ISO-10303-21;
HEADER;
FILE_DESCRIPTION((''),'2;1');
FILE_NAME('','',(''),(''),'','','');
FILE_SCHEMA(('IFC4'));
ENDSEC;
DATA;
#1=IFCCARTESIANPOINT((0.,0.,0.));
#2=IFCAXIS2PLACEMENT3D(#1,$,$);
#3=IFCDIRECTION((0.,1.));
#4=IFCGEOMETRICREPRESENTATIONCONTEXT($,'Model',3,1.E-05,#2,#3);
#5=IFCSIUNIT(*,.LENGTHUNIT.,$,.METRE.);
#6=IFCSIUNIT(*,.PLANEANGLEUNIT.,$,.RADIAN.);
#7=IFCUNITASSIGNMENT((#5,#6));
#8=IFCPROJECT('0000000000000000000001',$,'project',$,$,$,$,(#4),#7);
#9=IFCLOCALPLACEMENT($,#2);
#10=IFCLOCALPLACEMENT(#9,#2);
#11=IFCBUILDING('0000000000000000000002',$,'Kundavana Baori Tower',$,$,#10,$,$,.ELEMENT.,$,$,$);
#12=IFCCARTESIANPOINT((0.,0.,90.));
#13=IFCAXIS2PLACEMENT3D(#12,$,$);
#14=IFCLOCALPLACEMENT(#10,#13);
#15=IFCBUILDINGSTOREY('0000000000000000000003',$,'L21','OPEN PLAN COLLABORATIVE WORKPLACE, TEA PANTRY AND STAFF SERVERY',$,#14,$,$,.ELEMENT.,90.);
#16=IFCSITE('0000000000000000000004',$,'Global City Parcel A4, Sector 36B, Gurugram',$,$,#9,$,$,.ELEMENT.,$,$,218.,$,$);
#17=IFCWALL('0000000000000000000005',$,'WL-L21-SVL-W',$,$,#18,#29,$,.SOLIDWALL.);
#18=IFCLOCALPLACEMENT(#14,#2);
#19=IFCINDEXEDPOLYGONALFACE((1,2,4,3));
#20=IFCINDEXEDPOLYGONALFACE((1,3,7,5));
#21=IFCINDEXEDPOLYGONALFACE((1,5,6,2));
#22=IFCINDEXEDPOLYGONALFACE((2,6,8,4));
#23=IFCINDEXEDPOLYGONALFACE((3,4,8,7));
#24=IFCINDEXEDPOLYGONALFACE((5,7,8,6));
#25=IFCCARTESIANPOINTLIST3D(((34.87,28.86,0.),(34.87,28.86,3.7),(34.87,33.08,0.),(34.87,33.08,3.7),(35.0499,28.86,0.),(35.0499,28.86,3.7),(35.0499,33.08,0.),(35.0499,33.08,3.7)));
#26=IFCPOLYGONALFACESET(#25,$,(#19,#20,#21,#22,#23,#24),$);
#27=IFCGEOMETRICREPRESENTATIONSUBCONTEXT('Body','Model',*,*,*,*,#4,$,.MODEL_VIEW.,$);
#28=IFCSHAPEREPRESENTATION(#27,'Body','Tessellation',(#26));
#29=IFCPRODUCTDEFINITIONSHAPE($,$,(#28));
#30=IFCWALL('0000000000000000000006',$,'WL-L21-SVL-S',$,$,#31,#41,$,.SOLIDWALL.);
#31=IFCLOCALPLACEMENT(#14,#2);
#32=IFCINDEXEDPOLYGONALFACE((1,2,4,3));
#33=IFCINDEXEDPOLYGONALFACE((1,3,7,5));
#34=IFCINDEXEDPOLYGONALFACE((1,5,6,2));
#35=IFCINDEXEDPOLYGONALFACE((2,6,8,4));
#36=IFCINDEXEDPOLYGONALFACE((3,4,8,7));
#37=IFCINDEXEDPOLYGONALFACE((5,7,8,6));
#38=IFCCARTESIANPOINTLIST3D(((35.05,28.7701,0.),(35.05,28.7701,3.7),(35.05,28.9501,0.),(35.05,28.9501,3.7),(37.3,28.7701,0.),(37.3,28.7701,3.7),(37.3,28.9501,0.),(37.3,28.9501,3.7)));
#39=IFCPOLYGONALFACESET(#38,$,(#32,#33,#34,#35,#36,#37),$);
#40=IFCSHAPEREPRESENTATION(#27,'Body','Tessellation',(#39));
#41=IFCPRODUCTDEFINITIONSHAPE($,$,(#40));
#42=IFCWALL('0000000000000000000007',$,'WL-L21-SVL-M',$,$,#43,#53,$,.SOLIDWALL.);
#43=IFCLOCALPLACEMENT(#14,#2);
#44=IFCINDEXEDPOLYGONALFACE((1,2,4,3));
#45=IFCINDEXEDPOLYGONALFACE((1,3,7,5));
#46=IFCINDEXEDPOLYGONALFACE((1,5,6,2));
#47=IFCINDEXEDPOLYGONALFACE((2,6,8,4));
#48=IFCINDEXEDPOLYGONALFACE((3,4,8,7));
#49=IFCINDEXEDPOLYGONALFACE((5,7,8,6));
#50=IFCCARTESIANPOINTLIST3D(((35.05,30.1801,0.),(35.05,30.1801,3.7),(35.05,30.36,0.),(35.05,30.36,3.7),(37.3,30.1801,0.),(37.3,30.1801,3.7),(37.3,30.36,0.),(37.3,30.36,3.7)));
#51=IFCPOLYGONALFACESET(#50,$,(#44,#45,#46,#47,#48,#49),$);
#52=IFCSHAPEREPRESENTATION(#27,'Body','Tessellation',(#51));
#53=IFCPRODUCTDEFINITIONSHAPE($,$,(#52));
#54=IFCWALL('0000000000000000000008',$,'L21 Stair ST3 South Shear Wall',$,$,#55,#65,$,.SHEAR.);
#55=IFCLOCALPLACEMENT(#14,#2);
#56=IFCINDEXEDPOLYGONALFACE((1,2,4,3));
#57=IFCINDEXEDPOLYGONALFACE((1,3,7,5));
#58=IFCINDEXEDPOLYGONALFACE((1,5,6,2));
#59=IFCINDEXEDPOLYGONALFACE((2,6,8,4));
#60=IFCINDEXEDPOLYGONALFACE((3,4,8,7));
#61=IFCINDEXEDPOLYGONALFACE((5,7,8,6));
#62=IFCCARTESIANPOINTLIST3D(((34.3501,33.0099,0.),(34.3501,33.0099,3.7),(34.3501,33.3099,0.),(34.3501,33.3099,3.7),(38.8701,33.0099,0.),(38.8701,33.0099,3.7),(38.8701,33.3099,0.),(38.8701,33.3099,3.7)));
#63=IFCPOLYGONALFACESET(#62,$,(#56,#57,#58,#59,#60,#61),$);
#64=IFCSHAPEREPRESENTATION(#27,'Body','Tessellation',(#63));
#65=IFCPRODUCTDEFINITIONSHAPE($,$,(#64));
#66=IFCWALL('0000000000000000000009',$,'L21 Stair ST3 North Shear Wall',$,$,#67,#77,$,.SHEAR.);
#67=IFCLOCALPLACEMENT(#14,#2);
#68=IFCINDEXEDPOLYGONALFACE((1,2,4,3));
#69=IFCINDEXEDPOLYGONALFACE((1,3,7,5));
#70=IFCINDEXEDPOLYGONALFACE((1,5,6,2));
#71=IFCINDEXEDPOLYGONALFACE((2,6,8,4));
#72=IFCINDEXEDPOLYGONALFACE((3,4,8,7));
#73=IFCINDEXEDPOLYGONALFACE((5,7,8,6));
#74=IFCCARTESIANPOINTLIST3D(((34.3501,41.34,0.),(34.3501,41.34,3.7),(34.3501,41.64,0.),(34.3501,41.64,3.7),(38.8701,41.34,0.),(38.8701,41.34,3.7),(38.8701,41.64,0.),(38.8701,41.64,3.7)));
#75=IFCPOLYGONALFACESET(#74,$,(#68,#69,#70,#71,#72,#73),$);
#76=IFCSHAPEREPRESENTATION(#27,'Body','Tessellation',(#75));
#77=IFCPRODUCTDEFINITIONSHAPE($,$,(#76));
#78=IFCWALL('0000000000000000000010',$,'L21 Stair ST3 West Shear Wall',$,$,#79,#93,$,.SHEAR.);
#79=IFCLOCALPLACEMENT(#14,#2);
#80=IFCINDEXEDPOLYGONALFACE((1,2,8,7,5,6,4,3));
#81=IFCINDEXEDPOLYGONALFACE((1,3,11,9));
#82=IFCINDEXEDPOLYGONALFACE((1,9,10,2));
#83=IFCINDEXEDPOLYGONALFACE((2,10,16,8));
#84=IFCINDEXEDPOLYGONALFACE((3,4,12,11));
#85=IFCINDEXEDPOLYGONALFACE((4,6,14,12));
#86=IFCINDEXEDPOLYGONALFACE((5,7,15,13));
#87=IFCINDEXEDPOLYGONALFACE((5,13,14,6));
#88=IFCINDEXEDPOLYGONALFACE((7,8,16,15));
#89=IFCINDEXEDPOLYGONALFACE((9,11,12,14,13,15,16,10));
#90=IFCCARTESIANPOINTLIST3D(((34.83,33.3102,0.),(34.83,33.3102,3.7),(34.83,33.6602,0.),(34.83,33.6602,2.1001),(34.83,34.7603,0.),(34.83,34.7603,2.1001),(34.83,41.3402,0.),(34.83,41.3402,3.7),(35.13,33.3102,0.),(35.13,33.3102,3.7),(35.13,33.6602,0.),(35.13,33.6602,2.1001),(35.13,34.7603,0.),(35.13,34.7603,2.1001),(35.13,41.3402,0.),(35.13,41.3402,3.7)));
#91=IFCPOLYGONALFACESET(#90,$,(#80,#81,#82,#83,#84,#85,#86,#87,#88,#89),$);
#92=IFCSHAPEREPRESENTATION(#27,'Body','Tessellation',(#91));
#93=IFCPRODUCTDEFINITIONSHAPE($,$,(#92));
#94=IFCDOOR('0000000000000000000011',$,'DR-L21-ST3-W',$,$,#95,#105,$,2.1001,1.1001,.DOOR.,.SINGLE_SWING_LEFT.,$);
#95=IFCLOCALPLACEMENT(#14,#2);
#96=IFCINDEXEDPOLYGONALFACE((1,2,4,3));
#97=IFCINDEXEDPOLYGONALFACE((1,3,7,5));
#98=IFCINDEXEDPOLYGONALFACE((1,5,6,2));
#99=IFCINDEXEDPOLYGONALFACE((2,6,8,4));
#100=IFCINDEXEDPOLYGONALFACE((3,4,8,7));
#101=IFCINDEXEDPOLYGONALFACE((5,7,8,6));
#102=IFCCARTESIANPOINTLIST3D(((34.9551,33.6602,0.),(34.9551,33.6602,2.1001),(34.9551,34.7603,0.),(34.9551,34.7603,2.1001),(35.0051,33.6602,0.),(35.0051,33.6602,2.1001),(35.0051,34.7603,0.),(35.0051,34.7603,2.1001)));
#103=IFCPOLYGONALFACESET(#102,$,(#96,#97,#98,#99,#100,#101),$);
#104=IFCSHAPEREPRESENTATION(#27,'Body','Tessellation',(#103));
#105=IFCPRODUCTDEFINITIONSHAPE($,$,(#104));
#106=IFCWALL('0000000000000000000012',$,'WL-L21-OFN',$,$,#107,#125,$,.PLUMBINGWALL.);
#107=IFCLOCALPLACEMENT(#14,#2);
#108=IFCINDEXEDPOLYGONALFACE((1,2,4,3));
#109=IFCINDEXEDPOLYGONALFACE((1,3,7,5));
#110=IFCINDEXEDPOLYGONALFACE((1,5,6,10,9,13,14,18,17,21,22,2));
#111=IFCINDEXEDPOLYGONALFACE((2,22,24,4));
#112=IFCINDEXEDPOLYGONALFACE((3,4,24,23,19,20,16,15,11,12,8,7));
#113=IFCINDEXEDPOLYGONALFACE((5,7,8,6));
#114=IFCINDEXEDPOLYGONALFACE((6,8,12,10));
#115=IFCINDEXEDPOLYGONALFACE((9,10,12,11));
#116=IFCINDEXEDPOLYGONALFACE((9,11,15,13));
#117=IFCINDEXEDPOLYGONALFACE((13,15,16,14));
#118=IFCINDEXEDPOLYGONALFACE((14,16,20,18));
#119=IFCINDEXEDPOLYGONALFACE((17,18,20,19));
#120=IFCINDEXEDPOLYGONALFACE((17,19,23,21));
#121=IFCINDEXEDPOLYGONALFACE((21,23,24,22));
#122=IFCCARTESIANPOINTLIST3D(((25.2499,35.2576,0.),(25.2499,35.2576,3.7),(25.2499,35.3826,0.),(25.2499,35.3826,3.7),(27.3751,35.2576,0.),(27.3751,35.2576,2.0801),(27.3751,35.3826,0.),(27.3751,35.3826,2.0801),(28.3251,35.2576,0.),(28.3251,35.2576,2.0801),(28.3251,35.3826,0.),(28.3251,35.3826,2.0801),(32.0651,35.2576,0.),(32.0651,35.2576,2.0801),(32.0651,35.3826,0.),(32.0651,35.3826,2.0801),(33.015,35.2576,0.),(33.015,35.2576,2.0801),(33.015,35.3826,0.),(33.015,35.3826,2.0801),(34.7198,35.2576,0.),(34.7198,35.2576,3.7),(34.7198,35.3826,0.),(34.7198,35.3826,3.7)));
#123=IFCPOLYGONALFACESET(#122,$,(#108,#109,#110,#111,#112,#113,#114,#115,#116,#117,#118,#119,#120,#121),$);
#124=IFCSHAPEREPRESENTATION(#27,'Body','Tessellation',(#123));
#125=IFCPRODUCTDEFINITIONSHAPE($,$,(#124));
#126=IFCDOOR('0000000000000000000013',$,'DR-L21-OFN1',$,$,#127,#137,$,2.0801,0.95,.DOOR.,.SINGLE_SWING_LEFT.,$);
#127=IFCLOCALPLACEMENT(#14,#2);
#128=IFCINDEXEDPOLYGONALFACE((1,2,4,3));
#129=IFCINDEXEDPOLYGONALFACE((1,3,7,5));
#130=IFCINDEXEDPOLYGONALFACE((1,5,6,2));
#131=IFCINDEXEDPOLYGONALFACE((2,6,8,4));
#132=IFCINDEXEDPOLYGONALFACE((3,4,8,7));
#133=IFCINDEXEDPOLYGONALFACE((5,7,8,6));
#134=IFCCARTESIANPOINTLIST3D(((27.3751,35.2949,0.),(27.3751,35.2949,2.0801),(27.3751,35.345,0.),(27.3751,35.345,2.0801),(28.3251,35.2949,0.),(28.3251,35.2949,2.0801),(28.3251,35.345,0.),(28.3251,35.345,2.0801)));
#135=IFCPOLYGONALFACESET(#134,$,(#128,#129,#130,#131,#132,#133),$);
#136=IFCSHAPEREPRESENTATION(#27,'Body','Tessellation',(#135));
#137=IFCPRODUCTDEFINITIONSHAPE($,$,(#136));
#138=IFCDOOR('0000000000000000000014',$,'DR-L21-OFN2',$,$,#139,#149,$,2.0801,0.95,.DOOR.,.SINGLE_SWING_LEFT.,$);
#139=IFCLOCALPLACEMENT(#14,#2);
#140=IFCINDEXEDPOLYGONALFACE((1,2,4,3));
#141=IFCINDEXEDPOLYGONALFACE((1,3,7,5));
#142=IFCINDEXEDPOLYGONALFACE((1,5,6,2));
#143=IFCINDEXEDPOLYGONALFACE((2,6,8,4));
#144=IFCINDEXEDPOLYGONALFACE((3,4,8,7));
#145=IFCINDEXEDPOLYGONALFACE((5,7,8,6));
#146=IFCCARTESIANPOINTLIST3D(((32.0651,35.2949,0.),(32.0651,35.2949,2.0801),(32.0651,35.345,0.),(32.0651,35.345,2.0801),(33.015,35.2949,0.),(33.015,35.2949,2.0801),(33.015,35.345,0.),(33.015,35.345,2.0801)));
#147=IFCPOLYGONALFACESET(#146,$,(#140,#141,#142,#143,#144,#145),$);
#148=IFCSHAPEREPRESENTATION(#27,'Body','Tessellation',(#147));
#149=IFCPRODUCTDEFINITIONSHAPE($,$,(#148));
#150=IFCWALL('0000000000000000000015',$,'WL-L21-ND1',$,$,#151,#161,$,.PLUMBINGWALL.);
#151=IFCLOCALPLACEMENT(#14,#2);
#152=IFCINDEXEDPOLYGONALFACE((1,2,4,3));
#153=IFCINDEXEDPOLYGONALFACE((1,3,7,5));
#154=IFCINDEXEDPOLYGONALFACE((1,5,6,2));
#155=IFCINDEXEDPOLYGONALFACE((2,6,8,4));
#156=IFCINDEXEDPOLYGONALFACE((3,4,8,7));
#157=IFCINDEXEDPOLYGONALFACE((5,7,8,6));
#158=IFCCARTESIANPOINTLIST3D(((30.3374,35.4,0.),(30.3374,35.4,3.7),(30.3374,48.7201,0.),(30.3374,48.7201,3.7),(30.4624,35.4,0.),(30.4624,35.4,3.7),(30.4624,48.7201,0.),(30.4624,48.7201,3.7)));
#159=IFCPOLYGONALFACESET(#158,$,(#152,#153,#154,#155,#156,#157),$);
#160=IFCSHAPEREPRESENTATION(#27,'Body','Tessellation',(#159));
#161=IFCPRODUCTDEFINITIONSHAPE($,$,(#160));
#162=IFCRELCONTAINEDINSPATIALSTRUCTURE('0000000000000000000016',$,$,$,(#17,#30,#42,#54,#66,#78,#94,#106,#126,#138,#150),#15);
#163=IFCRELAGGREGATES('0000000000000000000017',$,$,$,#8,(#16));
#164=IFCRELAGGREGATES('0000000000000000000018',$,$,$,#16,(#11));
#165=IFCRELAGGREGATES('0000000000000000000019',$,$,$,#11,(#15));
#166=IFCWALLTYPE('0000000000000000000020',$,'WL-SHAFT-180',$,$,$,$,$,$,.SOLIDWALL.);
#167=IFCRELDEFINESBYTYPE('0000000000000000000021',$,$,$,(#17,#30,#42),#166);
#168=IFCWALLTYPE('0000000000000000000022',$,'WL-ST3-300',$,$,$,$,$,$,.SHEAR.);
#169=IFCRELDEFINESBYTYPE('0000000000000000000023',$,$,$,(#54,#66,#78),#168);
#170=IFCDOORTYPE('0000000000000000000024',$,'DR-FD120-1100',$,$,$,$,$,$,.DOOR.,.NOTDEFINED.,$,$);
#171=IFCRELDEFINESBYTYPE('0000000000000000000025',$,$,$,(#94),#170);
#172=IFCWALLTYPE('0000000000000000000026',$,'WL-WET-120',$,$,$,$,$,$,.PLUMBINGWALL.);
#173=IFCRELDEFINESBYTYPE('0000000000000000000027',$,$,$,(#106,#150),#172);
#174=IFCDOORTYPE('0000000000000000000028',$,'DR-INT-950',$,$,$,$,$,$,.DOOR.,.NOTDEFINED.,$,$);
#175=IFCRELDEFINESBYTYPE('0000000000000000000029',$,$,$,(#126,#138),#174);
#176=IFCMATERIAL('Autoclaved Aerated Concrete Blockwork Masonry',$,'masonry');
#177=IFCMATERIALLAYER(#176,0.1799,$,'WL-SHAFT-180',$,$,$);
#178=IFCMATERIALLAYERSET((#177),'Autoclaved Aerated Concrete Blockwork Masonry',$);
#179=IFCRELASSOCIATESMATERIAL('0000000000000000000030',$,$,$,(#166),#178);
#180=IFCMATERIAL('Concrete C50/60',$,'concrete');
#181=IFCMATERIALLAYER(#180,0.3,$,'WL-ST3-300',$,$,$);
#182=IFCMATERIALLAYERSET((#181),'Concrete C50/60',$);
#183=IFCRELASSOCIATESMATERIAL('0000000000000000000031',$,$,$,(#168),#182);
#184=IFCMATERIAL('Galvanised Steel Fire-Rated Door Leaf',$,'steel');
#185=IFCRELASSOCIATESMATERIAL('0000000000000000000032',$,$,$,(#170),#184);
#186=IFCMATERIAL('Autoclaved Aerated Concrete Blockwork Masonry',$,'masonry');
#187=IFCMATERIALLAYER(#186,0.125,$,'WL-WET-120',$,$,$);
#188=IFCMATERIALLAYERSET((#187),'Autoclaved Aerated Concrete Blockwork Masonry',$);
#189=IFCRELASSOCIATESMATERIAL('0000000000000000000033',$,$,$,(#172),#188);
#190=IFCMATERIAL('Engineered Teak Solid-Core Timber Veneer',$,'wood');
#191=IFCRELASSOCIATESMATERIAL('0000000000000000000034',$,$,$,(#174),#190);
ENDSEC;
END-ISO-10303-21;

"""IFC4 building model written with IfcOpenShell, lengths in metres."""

from ifc_helpers import new_model, si_unit, direction, frame, frame_2d, origin, place, context, subcontext, project, spatial, rectangle, extrude, material, layer, layer_set, type_object, element, fill, save


model = new_model("IFC4")

# Units and contexts
model_context = context("Model", 3, precision=1e-05, world=origin(), true_north=direction((0.0, 1.0)))
body_context = subcontext(model_context, "Body", "Model", "MODEL_VIEW")
ifc_project = project(units=[si_unit("LENGTHUNIT", "METRE"), si_unit("PLANEANGLEUNIT", "RADIAN")], contexts=[model_context])

# Site, building, storey
site_placement = place(None, origin())
site = spatial("IfcSite", under=ifc_project, at=site_placement, Name="Global City Parcel A4, Sector 36B, Gurugram", CompositionType="ELEMENT", RefElevation=218.0)
building_placement = place(site_placement, origin())
building = spatial("IfcBuilding", under=site, at=building_placement, Name="Kundavana Baori Tower", CompositionType="ELEMENT")
storey_placement = place(building_placement, frame((0.0, 0.0, 90.0)))
storey = spatial("IfcBuildingStorey", under=building, at=storey_placement, Name="L21", Description="OPEN PLAN COLLABORATIVE WORKPLACE, TEA PANTRY AND STAFF SERVERY", CompositionType="ELEMENT", Elevation=90.0)

# Walls
ifc_material_1 = material(Name="Autoclaved Aerated Concrete Blockwork Masonry", Category="masonry")
ifc_layer_1 = layer(ifc_material_1, 0.1799, Name="WL-SHAFT-180")
ifc_layer_set_1 = layer_set([ifc_layer_1], Name="Autoclaved Aerated Concrete Blockwork Masonry")
wall_type_1 = type_object("IfcWallType", Name="WL-SHAFT-180", PredefinedType="SOLIDWALL", material=ifc_layer_set_1)
wall_1_placement = place(storey_placement, frame((34.96, 28.8601, 0.0), z_axis=(0.0, 0.0, 1.0), x_axis=(0.0, 1.0, 0.0)))
element("IfcWall", 1, at=wall_1_placement, inside=storey, type_object=wall_type_1, Name="WL-L21-SVL-W", PredefinedType="SOLIDWALL", context=body_context, shape_type="SweptSolid", body=[
    extrude(rectangle(XDim=4.22, YDim=0.1799, at=frame_2d((2.1099, 0.0))), origin(), (0.0, 0.0, 1.0), 3.7),
])
for number, where, z_axis, x_axis, name in (
    (2, (35.05, 28.8601, 0.0), (0.0, 0.0, 1.0), (1.0, 0.0, 0.0), "WL-L21-SVL-S"),
    (3, (35.05, 30.27, 0.0), (0.0, 0.0, 1.0), (1.0, 0.0, 0.0), "WL-L21-SVL-M"),
):
    element("IfcWall", number, at=place(storey_placement, frame(where, z_axis=z_axis, x_axis=x_axis)), inside=storey, type_object=wall_type_1, Name=name, PredefinedType="SOLIDWALL", context=body_context, shape_type="SweptSolid", body=[
        extrude(rectangle(XDim=2.25, YDim=0.1799, at=frame_2d((1.125, 0.0))), origin(), (0.0, 0.0, 1.0), 3.7),
    ])
ifc_material_2 = material(Name="Concrete C50/60", Category="concrete")
ifc_layer_2 = layer(ifc_material_2, 0.3, Name="WL-ST3-300")
ifc_layer_set_2 = layer_set([ifc_layer_2], Name="Concrete C50/60")
wall_type_2 = type_object("IfcWallType", Name="WL-ST3-300", PredefinedType="SHEAR", material=ifc_layer_set_2)
for number, where, z_axis, x_axis, name in (
    (4, (34.3501, 33.1599, 0.0), (0.0, 0.0, 1.0), (1.0, 0.0, 0.0), "L21 Stair ST3 South Shear Wall"),
    (5, (34.3501, 41.49, 0.0), (0.0, 0.0, 1.0), (1.0, 0.0, 0.0), "L21 Stair ST3 North Shear Wall"),
):
    element("IfcWall", number, at=place(storey_placement, frame(where, z_axis=z_axis, x_axis=x_axis)), inside=storey, type_object=wall_type_2, Name=name, PredefinedType="SHEAR", context=body_context, shape_type="SweptSolid", body=[
        extrude(rectangle(XDim=4.52, YDim=0.3, at=frame_2d((2.26, 0.0))), origin(), (0.0, 0.0, 1.0), 3.7),
    ])

# Wall, opening, door
wall_2_placement = place(storey_placement, frame((34.98, 33.3101, 0.0), z_axis=(0.0, 0.0, 1.0), x_axis=(0.0, 1.0, 0.0)))
wall_2 = element("IfcWall", 6, at=wall_2_placement, inside=storey, type_object=wall_type_2, Name="L21 Stair ST3 West Shear Wall", PredefinedType="SHEAR", context=body_context, shape_type="SweptSolid", body=[
    extrude(rectangle(XDim=8.03, YDim=0.3, at=frame_2d((4.0151, 0.0))), origin(), (0.0, 0.0, 1.0), 3.7),
])
opening_1_placement = place(wall_2_placement, frame((0.3501, 0.0, 0.0)))
opening_1 = element("IfcOpeningElement", 7, at=opening_1_placement, cuts=wall_2, PredefinedType="OPENING", context=body_context, shape_type="SweptSolid", body=[
    extrude(rectangle(XDim=1.1001, YDim=2.1001, at=frame_2d((0.55, 1.05))), frame((0.0, 0.1602, 0.0), z_axis=(0.0, -1.0, 0.0), x_axis=(1.0, 0.0, 0.0)), (0.0, 0.0, 1.0), 0.3201),
])
ifc_material_3 = material(Name="Galvanised Steel Fire-Rated Door Leaf", Category="steel")
door_type_1 = type_object("IfcDoorType", Name="DR-FD120-1100", OperationType="NOTDEFINED", PredefinedType="DOOR", material=ifc_material_3)
door_1_placement = place(opening_1_placement, origin())
door_1 = element("IfcDoor", 8, at=door_1_placement, inside=storey, type_object=door_type_1, Name="DR-L21-ST3-W", OperationType="SINGLE_SWING_LEFT", OverallHeight=2.1001, OverallWidth=1.1001, PredefinedType="DOOR", context=body_context, shape_type="SweptSolid", body=[
    extrude(rectangle(XDim=1.1001, YDim=2.1001, at=frame_2d((0.55, 1.05))), frame((0.0, 0.0249, 0.0), z_axis=(0.0, -1.0, 0.0), x_axis=(1.0, 0.0, 0.0)), (0.0, 0.0, 1.0), 0.05),
])
fill(opening_1, door_1)

# Wall, openings, doors
ifc_material_4 = material(Name="Autoclaved Aerated Concrete Blockwork Masonry", Category="masonry")
ifc_layer_3 = layer(ifc_material_4, 0.125, Name="WL-WET-120")
ifc_layer_set_3 = layer_set([ifc_layer_3], Name="Autoclaved Aerated Concrete Blockwork Masonry")
wall_type_3 = type_object("IfcWallType", Name="WL-WET-120", PredefinedType="PLUMBINGWALL", material=ifc_layer_set_3)
wall_3_placement = place(storey_placement, frame((25.25, 35.3201, 0.0), z_axis=(0.0, 0.0, 1.0), x_axis=(1.0, 0.0, 0.0)))
wall_3 = element("IfcWall", 9, at=wall_3_placement, inside=storey, type_object=wall_type_3, Name="WL-L21-OFN", PredefinedType="PLUMBINGWALL", context=body_context, shape_type="SweptSolid", body=[
    extrude(rectangle(XDim=9.47, YDim=0.125, at=frame_2d((4.7349, 0.0))), origin(), (0.0, 0.0, 1.0), 3.7),
])
opening_2_placement = place(wall_3_placement, frame((2.125, 0.0, 0.0)))
opening_2 = element("IfcOpeningElement", 10, at=opening_2_placement, cuts=wall_3, PredefinedType="OPENING", context=body_context, shape_type="SweptSolid", body=[
    extrude(rectangle(XDim=0.95, YDim=2.0801, at=frame_2d((0.4751, 1.04))), frame((0.0, 0.0725, 0.0), z_axis=(0.0, -1.0, 0.0), x_axis=(1.0, 0.0, 0.0)), (0.0, 0.0, 1.0), 0.145),
])
opening_3_placement = place(wall_3_placement, frame((6.8149, 0.0, 0.0)))
opening_3 = element("IfcOpeningElement", 11, at=opening_3_placement, cuts=wall_3, PredefinedType="OPENING", context=body_context, shape_type="SweptSolid", body=[
    extrude(rectangle(XDim=0.95, YDim=2.0801, at=frame_2d((0.4751, 1.04))), frame((0.0, 0.0725, 0.0), z_axis=(0.0, -1.0, 0.0), x_axis=(1.0, 0.0, 0.0)), (0.0, 0.0, 1.0), 0.145),
])
ifc_material_5 = material(Name="Engineered Teak Solid-Core Timber Veneer", Category="wood")
door_type_2 = type_object("IfcDoorType", Name="DR-INT-950", OperationType="NOTDEFINED", PredefinedType="DOOR", material=ifc_material_5)
door_2_placement = place(opening_2_placement, origin())
door_2 = element("IfcDoor", 12, at=door_2_placement, inside=storey, type_object=door_type_2, Name="DR-L21-OFN1", OperationType="SINGLE_SWING_LEFT", OverallHeight=2.0801, OverallWidth=0.95, PredefinedType="DOOR", context=body_context, shape_type="SweptSolid", body=[
    extrude(rectangle(XDim=0.95, YDim=2.0801, at=frame_2d((0.4751, 1.04))), frame((0.0, 0.0249, 0.0), z_axis=(0.0, -1.0, 0.0), x_axis=(1.0, 0.0, 0.0)), (0.0, 0.0, 1.0), 0.05),
])
fill(opening_2, door_2)
door_3_placement = place(opening_3_placement, origin())
door_3 = element("IfcDoor", 13, at=door_3_placement, inside=storey, type_object=door_type_2, Name="DR-L21-OFN2", OperationType="SINGLE_SWING_LEFT", OverallHeight=2.0801, OverallWidth=0.95, PredefinedType="DOOR", context=body_context, shape_type="SweptSolid", body=[
    extrude(rectangle(XDim=0.95, YDim=2.0801, at=frame_2d((0.4751, 1.04))), frame((0.0, 0.0249, 0.0), z_axis=(0.0, -1.0, 0.0), x_axis=(1.0, 0.0, 0.0)), (0.0, 0.0, 1.0), 0.05),
])
fill(opening_3, door_3)

# Wall
wall_4_placement = place(storey_placement, frame((30.3999, 35.3999, 0.0), z_axis=(0.0, 0.0, 1.0), x_axis=(0.0, 1.0, 0.0)))
element("IfcWall", 14, at=wall_4_placement, inside=storey, type_object=wall_type_3, Name="WL-L21-ND1", PredefinedType="PLUMBINGWALL", context=body_context, shape_type="SweptSolid", body=[
    extrude(rectangle(XDim=13.3201, YDim=0.125, at=frame_2d((6.6602, 0.0))), origin(), (0.0, 0.0, 1.0), 3.7),
])

save(model, "model.ifc")
